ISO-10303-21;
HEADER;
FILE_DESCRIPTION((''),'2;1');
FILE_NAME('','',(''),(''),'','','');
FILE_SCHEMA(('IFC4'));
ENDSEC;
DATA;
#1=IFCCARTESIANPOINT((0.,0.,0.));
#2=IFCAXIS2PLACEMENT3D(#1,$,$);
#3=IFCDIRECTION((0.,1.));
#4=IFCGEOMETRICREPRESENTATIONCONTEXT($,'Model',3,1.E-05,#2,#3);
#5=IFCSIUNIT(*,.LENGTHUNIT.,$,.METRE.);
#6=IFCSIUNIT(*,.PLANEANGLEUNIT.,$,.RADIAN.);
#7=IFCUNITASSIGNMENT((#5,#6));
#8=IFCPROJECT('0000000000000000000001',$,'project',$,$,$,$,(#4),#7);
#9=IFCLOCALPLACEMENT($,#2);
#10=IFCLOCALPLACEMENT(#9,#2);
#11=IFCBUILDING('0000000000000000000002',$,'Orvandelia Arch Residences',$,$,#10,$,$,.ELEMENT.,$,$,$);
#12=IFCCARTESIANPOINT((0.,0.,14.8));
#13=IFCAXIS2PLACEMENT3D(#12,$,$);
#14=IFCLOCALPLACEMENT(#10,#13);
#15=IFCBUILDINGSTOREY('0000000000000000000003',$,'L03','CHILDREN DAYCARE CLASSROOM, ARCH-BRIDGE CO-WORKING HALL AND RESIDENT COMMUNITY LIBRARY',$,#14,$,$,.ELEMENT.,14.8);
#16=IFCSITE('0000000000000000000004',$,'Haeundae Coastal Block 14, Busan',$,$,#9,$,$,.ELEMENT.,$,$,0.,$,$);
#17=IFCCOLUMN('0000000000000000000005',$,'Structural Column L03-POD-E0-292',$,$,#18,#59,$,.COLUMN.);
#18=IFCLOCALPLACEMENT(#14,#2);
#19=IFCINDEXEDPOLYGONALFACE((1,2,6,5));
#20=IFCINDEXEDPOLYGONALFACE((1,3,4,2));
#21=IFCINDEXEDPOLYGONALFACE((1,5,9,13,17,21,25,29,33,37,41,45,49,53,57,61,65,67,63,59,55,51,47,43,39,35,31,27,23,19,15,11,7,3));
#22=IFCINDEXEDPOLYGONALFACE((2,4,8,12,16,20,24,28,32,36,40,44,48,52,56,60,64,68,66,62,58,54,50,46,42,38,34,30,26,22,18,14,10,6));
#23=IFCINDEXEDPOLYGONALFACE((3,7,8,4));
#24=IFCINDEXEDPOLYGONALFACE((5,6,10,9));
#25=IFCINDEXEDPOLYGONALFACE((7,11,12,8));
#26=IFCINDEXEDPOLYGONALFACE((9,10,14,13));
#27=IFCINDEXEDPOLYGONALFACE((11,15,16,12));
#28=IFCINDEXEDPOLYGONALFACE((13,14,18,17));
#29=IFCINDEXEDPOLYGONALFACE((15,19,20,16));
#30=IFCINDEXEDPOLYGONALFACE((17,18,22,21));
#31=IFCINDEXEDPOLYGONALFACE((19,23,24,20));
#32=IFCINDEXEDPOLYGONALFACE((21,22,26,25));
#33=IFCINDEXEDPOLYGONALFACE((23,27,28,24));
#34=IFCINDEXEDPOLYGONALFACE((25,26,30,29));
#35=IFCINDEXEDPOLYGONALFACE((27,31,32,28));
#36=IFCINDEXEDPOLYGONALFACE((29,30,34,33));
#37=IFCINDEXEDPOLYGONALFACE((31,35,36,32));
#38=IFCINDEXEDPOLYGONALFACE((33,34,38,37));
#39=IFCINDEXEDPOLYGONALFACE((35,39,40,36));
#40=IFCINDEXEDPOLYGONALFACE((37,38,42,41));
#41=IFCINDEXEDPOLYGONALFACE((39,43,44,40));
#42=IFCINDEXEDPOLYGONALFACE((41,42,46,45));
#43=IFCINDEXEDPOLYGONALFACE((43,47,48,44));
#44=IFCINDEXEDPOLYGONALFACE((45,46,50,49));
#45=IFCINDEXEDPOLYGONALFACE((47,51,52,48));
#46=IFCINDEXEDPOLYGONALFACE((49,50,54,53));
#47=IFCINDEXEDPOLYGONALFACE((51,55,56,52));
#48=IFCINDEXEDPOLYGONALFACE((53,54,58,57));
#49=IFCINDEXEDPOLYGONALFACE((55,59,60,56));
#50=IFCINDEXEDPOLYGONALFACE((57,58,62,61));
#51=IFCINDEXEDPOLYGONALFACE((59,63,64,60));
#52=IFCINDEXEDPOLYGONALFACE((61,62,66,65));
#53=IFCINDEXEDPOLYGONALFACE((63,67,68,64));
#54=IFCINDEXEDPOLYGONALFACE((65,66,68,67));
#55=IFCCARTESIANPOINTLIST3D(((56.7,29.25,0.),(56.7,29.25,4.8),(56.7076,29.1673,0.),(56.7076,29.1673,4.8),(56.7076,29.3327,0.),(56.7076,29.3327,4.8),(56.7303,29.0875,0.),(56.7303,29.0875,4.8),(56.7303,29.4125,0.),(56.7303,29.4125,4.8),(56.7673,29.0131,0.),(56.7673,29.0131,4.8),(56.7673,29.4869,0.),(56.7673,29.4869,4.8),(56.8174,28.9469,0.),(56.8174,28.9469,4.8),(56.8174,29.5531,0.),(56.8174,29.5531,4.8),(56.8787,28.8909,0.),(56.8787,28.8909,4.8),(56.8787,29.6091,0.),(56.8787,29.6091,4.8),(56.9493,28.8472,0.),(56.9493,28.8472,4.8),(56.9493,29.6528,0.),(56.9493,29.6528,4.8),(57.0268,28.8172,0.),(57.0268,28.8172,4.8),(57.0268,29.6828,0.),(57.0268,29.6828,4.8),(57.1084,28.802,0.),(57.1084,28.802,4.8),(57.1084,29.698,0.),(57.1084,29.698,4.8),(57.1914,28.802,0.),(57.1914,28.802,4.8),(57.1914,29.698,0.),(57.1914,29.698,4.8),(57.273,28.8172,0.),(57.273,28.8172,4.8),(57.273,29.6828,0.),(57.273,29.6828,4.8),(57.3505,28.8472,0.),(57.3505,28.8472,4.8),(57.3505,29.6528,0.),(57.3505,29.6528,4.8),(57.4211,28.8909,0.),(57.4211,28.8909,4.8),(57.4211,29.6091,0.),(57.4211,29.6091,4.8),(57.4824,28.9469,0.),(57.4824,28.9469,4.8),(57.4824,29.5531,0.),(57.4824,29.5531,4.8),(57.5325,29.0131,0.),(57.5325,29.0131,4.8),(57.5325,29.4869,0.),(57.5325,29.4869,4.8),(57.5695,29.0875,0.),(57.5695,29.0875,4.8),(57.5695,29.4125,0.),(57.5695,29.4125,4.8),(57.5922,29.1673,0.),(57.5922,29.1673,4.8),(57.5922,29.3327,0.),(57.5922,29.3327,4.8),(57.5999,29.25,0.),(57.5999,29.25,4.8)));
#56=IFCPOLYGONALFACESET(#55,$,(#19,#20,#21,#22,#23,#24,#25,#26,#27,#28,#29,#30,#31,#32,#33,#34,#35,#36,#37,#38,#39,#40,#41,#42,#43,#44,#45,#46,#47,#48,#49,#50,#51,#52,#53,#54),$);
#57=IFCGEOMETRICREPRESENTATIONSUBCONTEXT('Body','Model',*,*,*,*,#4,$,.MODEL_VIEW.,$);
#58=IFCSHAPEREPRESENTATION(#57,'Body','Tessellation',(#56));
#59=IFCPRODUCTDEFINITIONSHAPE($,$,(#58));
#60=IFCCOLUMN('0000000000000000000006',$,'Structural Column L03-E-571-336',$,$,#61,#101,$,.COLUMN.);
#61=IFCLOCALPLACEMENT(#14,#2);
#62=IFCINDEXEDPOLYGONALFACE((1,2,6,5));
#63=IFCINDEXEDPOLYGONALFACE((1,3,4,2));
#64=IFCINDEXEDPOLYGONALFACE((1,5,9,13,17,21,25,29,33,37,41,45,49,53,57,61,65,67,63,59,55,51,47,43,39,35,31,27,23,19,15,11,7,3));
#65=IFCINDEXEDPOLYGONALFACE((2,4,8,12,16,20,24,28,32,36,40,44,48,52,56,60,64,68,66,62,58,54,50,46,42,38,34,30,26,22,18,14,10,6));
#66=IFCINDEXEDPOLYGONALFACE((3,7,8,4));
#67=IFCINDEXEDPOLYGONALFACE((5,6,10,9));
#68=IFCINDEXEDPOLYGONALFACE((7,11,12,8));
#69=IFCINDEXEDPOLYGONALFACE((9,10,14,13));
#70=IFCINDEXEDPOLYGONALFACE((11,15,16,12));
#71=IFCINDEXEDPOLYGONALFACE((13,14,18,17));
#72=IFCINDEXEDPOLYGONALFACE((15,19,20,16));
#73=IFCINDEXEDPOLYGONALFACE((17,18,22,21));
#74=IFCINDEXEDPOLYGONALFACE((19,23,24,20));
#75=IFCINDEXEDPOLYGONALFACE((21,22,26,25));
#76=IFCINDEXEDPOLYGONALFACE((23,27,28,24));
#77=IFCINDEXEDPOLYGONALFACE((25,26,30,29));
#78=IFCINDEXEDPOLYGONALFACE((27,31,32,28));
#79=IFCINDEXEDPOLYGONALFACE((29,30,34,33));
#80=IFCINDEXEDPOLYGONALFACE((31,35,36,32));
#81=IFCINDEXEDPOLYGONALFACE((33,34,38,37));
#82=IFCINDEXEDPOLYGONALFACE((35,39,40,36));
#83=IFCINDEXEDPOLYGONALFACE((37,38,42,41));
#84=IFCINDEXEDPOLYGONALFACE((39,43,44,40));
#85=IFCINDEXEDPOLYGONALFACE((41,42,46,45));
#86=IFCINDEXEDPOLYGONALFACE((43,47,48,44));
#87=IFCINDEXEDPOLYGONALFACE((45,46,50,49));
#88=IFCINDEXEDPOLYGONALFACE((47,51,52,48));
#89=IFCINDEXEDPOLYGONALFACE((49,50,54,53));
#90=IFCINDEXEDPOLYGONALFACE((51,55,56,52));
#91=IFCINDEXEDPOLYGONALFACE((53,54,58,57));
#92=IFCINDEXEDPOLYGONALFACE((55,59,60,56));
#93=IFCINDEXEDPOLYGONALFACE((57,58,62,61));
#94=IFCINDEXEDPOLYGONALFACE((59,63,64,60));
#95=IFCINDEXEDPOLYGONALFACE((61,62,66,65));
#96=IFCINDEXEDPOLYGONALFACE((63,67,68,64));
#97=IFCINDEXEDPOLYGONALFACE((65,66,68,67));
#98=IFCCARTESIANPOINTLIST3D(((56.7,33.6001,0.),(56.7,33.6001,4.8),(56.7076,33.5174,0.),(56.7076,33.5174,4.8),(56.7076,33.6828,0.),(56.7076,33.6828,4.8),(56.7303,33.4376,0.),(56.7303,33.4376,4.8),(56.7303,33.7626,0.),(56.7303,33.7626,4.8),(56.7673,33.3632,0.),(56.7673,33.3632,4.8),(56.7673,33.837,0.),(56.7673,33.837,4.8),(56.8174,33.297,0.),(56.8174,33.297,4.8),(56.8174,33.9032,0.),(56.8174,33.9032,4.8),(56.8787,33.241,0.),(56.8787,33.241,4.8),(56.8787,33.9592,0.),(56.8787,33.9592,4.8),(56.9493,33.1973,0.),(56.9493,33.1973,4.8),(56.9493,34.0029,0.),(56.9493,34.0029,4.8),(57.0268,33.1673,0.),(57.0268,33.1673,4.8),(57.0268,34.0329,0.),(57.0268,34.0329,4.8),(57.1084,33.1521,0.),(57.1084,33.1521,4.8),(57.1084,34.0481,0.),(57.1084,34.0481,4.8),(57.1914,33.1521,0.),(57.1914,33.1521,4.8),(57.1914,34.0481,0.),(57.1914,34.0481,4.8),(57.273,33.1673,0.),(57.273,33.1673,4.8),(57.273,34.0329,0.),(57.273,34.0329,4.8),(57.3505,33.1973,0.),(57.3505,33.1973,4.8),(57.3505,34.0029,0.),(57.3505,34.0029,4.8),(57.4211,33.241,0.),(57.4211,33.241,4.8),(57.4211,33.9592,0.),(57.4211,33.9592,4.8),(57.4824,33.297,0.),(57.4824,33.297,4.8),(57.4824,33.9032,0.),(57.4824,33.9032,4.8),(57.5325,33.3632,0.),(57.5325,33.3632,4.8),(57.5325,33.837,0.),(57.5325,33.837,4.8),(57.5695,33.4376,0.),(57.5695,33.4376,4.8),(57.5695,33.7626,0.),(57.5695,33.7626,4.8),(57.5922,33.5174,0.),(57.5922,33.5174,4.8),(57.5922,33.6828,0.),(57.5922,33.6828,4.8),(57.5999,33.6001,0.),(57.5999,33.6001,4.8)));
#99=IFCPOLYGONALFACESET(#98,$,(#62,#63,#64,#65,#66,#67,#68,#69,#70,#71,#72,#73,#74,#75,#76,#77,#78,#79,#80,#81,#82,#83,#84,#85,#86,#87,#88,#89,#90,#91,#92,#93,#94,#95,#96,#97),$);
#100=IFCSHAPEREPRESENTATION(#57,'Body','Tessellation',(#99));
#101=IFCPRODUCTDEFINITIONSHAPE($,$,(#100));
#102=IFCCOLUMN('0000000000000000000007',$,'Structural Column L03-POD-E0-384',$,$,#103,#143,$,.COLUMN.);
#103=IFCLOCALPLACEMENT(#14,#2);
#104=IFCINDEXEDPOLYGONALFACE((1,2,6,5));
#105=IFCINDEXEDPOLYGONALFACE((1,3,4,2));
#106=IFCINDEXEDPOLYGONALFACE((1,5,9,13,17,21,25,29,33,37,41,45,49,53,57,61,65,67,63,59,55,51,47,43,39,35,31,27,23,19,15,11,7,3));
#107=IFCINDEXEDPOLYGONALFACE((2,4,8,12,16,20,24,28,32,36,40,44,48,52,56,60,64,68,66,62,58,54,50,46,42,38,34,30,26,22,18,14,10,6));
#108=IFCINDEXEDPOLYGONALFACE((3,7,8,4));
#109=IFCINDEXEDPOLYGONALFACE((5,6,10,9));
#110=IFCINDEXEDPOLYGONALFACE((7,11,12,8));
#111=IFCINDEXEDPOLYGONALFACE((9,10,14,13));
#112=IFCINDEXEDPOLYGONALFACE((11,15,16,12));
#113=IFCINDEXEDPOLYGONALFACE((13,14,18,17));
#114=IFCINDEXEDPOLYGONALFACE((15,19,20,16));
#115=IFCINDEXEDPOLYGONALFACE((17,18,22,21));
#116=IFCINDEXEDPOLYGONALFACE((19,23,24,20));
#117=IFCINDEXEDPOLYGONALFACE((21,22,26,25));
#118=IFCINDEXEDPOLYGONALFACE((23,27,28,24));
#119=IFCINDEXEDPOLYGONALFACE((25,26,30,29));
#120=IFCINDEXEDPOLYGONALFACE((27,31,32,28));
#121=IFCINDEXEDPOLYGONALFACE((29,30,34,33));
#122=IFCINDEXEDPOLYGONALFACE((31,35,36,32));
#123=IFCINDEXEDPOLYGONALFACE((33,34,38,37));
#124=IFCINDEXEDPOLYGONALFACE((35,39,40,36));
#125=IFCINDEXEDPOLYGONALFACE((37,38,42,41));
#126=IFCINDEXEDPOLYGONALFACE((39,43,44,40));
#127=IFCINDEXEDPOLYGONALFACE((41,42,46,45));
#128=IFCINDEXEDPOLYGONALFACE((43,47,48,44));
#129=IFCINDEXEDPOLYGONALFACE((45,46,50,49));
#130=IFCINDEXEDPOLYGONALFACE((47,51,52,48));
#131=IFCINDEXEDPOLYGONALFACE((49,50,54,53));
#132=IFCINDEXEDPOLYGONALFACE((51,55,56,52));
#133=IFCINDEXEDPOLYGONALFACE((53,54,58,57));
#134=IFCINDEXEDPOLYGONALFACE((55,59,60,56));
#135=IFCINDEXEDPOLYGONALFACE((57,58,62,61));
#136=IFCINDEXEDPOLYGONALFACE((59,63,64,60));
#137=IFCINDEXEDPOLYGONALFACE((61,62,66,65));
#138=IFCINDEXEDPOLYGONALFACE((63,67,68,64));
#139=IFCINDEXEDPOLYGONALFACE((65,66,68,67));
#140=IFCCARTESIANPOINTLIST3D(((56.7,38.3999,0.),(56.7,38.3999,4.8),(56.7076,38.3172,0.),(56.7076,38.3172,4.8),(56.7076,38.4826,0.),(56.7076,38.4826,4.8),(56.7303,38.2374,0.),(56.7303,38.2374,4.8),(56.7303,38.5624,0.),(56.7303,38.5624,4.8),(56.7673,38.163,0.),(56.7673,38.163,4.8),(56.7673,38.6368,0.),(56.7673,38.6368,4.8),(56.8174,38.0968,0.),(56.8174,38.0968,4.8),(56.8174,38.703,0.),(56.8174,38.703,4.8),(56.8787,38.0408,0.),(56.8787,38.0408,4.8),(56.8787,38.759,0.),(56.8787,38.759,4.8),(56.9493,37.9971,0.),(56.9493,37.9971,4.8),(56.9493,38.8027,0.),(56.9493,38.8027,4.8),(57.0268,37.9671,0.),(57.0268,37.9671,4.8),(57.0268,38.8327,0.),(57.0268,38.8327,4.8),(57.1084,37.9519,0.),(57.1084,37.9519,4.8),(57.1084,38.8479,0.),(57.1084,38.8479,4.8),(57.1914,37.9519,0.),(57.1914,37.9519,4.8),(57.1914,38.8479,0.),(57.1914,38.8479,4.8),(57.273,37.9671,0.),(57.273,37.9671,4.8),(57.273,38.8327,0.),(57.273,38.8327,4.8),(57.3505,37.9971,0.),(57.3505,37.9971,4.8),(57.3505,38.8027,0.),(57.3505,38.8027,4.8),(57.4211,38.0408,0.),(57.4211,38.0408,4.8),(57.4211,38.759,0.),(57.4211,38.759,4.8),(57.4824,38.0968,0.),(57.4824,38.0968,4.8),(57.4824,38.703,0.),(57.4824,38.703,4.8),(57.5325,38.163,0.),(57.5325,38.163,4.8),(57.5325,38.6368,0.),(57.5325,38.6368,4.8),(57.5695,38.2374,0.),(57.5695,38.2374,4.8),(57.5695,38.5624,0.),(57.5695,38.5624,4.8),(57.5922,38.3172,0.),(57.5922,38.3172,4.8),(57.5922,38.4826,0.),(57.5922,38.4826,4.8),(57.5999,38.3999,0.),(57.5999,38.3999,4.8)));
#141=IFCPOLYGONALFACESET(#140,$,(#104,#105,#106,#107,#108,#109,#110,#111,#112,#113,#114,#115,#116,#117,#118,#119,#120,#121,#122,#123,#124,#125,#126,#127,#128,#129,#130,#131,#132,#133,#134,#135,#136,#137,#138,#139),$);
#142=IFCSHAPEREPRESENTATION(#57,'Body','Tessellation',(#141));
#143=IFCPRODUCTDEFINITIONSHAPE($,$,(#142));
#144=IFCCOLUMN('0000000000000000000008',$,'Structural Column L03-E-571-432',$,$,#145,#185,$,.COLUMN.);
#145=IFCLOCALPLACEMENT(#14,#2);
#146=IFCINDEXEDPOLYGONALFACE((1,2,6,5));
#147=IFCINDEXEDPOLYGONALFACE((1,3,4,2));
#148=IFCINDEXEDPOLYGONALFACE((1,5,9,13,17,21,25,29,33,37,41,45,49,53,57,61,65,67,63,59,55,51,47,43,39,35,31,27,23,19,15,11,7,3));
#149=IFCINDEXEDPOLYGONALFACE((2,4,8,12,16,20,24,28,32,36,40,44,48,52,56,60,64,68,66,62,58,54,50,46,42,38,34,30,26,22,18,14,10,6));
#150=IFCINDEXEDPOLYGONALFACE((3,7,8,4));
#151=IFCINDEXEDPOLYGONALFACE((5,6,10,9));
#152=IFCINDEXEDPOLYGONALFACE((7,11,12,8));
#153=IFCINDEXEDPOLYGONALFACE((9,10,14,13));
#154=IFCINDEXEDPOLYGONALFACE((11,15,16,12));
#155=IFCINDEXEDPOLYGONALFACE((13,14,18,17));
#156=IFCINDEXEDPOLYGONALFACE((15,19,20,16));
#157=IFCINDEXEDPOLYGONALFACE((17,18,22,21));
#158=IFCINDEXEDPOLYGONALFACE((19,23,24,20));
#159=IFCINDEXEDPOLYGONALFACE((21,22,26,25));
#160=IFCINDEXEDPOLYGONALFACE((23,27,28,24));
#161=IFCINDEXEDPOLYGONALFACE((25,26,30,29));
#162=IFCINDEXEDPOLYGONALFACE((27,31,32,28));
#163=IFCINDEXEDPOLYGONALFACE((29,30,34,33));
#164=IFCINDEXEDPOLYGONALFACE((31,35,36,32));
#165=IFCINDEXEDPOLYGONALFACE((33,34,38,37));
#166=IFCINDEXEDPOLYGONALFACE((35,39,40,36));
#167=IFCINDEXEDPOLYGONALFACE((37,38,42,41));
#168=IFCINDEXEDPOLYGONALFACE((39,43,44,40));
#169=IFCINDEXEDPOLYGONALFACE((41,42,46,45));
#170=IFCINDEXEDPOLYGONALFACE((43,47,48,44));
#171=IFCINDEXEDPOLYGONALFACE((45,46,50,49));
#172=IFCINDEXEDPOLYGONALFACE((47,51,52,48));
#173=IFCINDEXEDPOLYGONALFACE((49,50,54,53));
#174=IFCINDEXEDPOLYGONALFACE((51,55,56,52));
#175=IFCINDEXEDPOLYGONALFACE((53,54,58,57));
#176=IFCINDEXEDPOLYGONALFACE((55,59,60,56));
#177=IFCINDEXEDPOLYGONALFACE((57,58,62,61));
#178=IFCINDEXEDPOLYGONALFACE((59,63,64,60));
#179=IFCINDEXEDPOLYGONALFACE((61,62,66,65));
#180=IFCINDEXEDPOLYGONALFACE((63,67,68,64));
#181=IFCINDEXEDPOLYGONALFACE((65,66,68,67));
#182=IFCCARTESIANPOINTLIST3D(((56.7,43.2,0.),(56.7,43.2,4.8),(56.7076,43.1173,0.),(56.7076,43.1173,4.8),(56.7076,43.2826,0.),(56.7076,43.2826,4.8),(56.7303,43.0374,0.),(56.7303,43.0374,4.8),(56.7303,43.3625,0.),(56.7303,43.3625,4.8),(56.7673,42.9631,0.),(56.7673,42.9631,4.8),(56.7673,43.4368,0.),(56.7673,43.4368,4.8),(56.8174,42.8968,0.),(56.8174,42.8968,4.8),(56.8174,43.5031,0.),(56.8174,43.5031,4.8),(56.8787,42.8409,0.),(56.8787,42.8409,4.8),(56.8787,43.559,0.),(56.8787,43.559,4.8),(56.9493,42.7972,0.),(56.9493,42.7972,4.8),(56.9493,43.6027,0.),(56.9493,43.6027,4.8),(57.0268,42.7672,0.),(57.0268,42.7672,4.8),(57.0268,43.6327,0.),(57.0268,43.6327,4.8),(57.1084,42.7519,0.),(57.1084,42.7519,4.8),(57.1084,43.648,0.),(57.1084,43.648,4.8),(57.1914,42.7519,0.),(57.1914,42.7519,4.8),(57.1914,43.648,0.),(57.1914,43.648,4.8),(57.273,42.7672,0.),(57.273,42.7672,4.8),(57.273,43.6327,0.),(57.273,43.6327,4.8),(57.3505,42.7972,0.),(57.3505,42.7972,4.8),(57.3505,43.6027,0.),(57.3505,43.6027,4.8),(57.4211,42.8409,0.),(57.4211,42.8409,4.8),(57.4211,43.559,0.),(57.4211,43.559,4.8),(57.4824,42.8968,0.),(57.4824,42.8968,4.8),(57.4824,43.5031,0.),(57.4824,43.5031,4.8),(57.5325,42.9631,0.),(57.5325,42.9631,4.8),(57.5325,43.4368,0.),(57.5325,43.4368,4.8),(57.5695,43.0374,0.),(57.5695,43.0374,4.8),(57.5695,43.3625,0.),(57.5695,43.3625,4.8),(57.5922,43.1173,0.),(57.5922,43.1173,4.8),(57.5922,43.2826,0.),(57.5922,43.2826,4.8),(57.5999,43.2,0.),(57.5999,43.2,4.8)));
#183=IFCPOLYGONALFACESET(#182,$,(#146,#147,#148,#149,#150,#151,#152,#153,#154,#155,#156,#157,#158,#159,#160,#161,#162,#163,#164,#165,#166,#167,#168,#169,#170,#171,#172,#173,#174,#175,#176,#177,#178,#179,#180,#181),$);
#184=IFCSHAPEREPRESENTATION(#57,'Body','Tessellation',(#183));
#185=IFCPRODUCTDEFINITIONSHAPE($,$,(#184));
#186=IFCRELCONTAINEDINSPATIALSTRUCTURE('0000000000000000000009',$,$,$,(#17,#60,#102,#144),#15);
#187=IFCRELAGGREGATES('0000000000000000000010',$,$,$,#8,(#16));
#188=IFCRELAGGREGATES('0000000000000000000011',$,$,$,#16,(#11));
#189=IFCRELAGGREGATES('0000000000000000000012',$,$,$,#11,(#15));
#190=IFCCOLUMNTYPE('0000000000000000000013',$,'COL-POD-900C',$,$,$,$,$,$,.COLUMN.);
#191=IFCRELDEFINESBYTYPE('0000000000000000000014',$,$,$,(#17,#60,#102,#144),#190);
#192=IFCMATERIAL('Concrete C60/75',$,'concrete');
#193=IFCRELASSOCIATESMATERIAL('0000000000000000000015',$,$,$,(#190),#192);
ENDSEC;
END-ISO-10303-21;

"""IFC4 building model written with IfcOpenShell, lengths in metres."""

from ifc_helpers import new_model, si_unit, direction, frame, origin, origin_2d, place, context, subcontext, project, spatial, circle, extrude, material, material_profile, profile_set, type_object, element, save


model = new_model("IFC4")

# Units and contexts
model_context = context("Model", 3, precision=1e-05, world=origin(), true_north=direction((0.0, 1.0)))
body_context = subcontext(model_context, "Body", "Model", "MODEL_VIEW")
ifc_project = project(units=[si_unit("LENGTHUNIT", "METRE"), si_unit("PLANEANGLEUNIT", "RADIAN")], contexts=[model_context])

# Site, building, storey
site_placement = place(None, origin())
site = spatial("IfcSite", under=ifc_project, at=site_placement, Name="Haeundae Coastal Block 14, Busan", CompositionType="ELEMENT", RefElevation=0.0)
building_placement = place(site_placement, origin())
building = spatial("IfcBuilding", under=site, at=building_placement, Name="Orvandelia Arch Residences", CompositionType="ELEMENT")
storey_placement = place(building_placement, frame((0.0, 0.0, 14.8)))
storey = spatial("IfcBuildingStorey", under=building, at=storey_placement, Name="L03", Description="CHILDREN DAYCARE CLASSROOM, ARCH-BRIDGE CO-WORKING HALL AND RESIDENT COMMUNITY LIBRARY", CompositionType="ELEMENT", Elevation=14.8)

# Columns
ifc_material_1 = material(Name="Concrete C60/75", Category="concrete")
ifc_material_profile_1 = material_profile(ifc_material_1, circle(Radius=0.45, at=origin_2d()), Name="Concrete C60/75", Category="concrete")
ifc_profile_set_1 = profile_set([ifc_material_profile_1], Name="Concrete C60/75")
column_type_1 = type_object("IfcColumnType", Name="COL-POD-900C", PredefinedType="COLUMN", material=ifc_profile_set_1)
for number, where, z_axis, x_axis, name in (
    (1, (57.1499, 29.25, 0.0), (0.0, 0.0, 1.0), (1.0, 0.0, 0.0), "Structural Column L03-POD-E0-292"),
    (2, (57.1499, 33.6001, 0.0), (0.0, 0.0, 1.0), (1.0, 0.0, 0.0), "Structural Column L03-E-571-336"),
    (3, (57.1499, 38.3999, 0.0), (0.0, 0.0, 1.0), (1.0, 0.0, 0.0), "Structural Column L03-POD-E0-384"),
    (4, (57.1499, 43.2, 0.0), (0.0, 0.0, 1.0), (1.0, 0.0, 0.0), "Structural Column L03-E-571-432"),
):
    element("IfcColumn", number, at=place(storey_placement, frame(where, z_axis=z_axis, x_axis=x_axis)), inside=storey, type_object=column_type_1, Name=name, PredefinedType="COLUMN", context=body_context, shape_type="SweptSolid", body=[
        extrude(circle(Radius=0.45, at=origin_2d()), origin(), (0.0, 0.0, 1.0), 4.8),
    ])

save(model, "model.ifc")
